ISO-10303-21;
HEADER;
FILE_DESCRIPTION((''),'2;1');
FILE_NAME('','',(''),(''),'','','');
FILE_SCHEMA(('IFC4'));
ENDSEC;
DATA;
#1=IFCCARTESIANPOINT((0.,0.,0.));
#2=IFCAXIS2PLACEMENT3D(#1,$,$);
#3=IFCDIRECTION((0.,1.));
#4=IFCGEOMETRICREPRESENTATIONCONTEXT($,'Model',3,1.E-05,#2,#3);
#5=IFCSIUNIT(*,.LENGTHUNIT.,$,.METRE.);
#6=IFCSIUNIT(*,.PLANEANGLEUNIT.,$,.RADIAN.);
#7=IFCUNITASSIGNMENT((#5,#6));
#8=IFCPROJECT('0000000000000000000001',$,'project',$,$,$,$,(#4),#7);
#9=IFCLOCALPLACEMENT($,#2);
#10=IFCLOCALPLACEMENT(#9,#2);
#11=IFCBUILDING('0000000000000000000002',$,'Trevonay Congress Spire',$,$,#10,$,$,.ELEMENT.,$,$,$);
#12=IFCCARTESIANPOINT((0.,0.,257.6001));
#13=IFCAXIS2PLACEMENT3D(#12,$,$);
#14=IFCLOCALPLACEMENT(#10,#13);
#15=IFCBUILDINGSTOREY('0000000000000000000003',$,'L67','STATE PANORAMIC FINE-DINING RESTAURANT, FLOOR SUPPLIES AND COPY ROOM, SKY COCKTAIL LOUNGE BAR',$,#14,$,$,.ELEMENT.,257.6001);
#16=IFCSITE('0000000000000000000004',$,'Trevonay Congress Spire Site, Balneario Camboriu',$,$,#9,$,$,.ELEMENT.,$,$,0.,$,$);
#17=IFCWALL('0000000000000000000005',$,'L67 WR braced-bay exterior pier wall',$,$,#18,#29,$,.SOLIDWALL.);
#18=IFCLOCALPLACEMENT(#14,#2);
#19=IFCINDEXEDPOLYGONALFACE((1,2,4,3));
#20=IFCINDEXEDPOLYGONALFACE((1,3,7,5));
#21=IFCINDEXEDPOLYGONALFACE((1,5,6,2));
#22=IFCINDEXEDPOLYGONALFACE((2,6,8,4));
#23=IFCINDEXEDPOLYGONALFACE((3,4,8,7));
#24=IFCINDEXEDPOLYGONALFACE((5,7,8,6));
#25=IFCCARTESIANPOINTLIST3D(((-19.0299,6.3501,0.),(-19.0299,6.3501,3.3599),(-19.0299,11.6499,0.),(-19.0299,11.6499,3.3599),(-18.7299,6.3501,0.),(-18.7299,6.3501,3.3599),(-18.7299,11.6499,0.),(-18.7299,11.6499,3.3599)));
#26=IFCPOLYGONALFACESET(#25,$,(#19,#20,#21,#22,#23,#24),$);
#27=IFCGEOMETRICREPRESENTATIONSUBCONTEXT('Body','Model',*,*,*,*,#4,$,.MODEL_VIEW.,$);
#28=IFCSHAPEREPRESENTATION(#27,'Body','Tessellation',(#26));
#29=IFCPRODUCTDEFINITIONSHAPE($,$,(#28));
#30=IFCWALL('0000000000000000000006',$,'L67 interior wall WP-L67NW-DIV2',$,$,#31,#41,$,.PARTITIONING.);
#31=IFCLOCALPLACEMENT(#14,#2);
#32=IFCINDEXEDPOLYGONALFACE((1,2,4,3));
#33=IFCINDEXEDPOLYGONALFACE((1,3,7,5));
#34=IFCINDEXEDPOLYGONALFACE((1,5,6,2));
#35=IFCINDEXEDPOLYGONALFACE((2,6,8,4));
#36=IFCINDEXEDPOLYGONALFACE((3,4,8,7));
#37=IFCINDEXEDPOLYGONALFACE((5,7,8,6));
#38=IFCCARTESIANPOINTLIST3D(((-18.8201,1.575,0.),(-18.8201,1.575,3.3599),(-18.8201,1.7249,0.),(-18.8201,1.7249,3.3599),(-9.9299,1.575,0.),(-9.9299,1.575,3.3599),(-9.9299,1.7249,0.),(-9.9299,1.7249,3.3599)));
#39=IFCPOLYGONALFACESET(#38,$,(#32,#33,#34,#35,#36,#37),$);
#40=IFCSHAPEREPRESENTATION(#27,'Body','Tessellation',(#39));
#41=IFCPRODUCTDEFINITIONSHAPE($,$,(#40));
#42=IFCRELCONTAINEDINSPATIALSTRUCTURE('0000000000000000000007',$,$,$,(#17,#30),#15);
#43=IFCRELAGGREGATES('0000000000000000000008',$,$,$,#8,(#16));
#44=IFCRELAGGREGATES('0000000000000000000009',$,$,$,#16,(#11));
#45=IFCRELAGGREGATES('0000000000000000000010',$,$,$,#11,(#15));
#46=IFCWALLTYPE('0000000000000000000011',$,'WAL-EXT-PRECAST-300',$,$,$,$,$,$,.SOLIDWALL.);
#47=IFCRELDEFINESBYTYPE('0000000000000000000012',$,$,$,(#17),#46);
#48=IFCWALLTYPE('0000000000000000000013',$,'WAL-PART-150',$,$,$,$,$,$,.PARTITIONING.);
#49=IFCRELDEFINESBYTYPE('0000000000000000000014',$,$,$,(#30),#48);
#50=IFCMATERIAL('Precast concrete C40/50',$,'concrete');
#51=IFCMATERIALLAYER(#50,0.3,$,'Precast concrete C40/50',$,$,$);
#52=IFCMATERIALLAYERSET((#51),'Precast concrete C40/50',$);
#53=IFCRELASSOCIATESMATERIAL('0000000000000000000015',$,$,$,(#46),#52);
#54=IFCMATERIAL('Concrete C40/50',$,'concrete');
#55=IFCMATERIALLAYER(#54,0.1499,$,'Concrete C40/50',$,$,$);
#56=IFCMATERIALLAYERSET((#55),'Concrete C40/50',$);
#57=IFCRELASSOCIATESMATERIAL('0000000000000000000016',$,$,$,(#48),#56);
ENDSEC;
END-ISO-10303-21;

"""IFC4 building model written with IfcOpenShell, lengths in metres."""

from ifc_helpers import new_model, si_unit, direction, frame, frame_2d, origin, place, context, subcontext, project, spatial, rectangle, extrude, material, layer, layer_set, type_object, element, save


model = new_model("IFC4")

# Units and contexts
model_context = context("Model", 3, precision=1e-05, world=origin(), true_north=direction((0.0, 1.0)))
body_context = subcontext(model_context, "Body", "Model", "MODEL_VIEW")
ifc_project = project(units=[si_unit("LENGTHUNIT", "METRE"), si_unit("PLANEANGLEUNIT", "RADIAN")], contexts=[model_context])

# Site, building, storey
site_placement = place(None, origin())
site = spatial("IfcSite", under=ifc_project, at=site_placement, Name="Trevonay Congress Spire Site, Balneario Camboriu", CompositionType="ELEMENT", RefElevation=0.0)
building_placement = place(site_placement, origin())
building = spatial("IfcBuilding", under=site, at=building_placement, Name="Trevonay Congress Spire", CompositionType="ELEMENT")
storey_placement = place(building_placement, frame((0.0, 0.0, 257.6001)))
storey = spatial("IfcBuildingStorey", under=building, at=storey_placement, Name="L67", Description="STATE PANORAMIC FINE-DINING RESTAURANT, FLOOR SUPPLIES AND COPY ROOM, SKY COCKTAIL LOUNGE BAR", CompositionType="ELEMENT", Elevation=257.6001)

# Walls
ifc_material_1 = material(Name="Precast concrete C40/50", Category="concrete")
ifc_layer_1 = layer(ifc_material_1, 0.3, Name="Precast concrete C40/50")
ifc_layer_set_1 = layer_set([ifc_layer_1], Name="Precast concrete C40/50")
wall_type_1 = type_object("IfcWallType", Name="WAL-EXT-PRECAST-300", PredefinedType="SOLIDWALL", material=ifc_layer_set_1)
wall_1_placement = place(storey_placement, frame((-18.8799, 6.3501, 0.0), z_axis=(0.0, 0.0, 1.0), x_axis=(0.0, 1.0, 0.0)))
element("IfcWall", 1, at=wall_1_placement, inside=storey, type_object=wall_type_1, Name="L67 WR braced-bay exterior pier wall", PredefinedType="SOLIDWALL", context=body_context, shape_type="SweptSolid", body=[
    extrude(rectangle(XDim=5.2998, YDim=0.3, at=frame_2d((2.6499, 0.0))), origin(), (0.0, 0.0, 1.0), 3.3599),
])
ifc_material_2 = material(Name="Concrete C40/50", Category="concrete")
ifc_layer_2 = layer(ifc_material_2, 0.1499, Name="Concrete C40/50")
ifc_layer_set_2 = layer_set([ifc_layer_2], Name="Concrete C40/50")
wall_type_2 = type_object("IfcWallType", Name="WAL-PART-150", PredefinedType="PARTITIONING", material=ifc_layer_set_2)
wall_2_placement = place(storey_placement, frame((-18.8201, 1.6499, 0.0), z_axis=(0.0, 0.0, 1.0), x_axis=(1.0, 0.0, 0.0)))
element("IfcWall", 2, at=wall_2_placement, inside=storey, type_object=wall_type_2, Name="L67 interior wall WP-L67NW-DIV2", PredefinedType="PARTITIONING", context=body_context, shape_type="SweptSolid", body=[
    extrude(rectangle(XDim=8.8901, YDim=0.1499, at=frame_2d((4.4451, 0.0))), origin(), (0.0, 0.0, 1.0), 3.3599),
])

save(model, "model.ifc")
